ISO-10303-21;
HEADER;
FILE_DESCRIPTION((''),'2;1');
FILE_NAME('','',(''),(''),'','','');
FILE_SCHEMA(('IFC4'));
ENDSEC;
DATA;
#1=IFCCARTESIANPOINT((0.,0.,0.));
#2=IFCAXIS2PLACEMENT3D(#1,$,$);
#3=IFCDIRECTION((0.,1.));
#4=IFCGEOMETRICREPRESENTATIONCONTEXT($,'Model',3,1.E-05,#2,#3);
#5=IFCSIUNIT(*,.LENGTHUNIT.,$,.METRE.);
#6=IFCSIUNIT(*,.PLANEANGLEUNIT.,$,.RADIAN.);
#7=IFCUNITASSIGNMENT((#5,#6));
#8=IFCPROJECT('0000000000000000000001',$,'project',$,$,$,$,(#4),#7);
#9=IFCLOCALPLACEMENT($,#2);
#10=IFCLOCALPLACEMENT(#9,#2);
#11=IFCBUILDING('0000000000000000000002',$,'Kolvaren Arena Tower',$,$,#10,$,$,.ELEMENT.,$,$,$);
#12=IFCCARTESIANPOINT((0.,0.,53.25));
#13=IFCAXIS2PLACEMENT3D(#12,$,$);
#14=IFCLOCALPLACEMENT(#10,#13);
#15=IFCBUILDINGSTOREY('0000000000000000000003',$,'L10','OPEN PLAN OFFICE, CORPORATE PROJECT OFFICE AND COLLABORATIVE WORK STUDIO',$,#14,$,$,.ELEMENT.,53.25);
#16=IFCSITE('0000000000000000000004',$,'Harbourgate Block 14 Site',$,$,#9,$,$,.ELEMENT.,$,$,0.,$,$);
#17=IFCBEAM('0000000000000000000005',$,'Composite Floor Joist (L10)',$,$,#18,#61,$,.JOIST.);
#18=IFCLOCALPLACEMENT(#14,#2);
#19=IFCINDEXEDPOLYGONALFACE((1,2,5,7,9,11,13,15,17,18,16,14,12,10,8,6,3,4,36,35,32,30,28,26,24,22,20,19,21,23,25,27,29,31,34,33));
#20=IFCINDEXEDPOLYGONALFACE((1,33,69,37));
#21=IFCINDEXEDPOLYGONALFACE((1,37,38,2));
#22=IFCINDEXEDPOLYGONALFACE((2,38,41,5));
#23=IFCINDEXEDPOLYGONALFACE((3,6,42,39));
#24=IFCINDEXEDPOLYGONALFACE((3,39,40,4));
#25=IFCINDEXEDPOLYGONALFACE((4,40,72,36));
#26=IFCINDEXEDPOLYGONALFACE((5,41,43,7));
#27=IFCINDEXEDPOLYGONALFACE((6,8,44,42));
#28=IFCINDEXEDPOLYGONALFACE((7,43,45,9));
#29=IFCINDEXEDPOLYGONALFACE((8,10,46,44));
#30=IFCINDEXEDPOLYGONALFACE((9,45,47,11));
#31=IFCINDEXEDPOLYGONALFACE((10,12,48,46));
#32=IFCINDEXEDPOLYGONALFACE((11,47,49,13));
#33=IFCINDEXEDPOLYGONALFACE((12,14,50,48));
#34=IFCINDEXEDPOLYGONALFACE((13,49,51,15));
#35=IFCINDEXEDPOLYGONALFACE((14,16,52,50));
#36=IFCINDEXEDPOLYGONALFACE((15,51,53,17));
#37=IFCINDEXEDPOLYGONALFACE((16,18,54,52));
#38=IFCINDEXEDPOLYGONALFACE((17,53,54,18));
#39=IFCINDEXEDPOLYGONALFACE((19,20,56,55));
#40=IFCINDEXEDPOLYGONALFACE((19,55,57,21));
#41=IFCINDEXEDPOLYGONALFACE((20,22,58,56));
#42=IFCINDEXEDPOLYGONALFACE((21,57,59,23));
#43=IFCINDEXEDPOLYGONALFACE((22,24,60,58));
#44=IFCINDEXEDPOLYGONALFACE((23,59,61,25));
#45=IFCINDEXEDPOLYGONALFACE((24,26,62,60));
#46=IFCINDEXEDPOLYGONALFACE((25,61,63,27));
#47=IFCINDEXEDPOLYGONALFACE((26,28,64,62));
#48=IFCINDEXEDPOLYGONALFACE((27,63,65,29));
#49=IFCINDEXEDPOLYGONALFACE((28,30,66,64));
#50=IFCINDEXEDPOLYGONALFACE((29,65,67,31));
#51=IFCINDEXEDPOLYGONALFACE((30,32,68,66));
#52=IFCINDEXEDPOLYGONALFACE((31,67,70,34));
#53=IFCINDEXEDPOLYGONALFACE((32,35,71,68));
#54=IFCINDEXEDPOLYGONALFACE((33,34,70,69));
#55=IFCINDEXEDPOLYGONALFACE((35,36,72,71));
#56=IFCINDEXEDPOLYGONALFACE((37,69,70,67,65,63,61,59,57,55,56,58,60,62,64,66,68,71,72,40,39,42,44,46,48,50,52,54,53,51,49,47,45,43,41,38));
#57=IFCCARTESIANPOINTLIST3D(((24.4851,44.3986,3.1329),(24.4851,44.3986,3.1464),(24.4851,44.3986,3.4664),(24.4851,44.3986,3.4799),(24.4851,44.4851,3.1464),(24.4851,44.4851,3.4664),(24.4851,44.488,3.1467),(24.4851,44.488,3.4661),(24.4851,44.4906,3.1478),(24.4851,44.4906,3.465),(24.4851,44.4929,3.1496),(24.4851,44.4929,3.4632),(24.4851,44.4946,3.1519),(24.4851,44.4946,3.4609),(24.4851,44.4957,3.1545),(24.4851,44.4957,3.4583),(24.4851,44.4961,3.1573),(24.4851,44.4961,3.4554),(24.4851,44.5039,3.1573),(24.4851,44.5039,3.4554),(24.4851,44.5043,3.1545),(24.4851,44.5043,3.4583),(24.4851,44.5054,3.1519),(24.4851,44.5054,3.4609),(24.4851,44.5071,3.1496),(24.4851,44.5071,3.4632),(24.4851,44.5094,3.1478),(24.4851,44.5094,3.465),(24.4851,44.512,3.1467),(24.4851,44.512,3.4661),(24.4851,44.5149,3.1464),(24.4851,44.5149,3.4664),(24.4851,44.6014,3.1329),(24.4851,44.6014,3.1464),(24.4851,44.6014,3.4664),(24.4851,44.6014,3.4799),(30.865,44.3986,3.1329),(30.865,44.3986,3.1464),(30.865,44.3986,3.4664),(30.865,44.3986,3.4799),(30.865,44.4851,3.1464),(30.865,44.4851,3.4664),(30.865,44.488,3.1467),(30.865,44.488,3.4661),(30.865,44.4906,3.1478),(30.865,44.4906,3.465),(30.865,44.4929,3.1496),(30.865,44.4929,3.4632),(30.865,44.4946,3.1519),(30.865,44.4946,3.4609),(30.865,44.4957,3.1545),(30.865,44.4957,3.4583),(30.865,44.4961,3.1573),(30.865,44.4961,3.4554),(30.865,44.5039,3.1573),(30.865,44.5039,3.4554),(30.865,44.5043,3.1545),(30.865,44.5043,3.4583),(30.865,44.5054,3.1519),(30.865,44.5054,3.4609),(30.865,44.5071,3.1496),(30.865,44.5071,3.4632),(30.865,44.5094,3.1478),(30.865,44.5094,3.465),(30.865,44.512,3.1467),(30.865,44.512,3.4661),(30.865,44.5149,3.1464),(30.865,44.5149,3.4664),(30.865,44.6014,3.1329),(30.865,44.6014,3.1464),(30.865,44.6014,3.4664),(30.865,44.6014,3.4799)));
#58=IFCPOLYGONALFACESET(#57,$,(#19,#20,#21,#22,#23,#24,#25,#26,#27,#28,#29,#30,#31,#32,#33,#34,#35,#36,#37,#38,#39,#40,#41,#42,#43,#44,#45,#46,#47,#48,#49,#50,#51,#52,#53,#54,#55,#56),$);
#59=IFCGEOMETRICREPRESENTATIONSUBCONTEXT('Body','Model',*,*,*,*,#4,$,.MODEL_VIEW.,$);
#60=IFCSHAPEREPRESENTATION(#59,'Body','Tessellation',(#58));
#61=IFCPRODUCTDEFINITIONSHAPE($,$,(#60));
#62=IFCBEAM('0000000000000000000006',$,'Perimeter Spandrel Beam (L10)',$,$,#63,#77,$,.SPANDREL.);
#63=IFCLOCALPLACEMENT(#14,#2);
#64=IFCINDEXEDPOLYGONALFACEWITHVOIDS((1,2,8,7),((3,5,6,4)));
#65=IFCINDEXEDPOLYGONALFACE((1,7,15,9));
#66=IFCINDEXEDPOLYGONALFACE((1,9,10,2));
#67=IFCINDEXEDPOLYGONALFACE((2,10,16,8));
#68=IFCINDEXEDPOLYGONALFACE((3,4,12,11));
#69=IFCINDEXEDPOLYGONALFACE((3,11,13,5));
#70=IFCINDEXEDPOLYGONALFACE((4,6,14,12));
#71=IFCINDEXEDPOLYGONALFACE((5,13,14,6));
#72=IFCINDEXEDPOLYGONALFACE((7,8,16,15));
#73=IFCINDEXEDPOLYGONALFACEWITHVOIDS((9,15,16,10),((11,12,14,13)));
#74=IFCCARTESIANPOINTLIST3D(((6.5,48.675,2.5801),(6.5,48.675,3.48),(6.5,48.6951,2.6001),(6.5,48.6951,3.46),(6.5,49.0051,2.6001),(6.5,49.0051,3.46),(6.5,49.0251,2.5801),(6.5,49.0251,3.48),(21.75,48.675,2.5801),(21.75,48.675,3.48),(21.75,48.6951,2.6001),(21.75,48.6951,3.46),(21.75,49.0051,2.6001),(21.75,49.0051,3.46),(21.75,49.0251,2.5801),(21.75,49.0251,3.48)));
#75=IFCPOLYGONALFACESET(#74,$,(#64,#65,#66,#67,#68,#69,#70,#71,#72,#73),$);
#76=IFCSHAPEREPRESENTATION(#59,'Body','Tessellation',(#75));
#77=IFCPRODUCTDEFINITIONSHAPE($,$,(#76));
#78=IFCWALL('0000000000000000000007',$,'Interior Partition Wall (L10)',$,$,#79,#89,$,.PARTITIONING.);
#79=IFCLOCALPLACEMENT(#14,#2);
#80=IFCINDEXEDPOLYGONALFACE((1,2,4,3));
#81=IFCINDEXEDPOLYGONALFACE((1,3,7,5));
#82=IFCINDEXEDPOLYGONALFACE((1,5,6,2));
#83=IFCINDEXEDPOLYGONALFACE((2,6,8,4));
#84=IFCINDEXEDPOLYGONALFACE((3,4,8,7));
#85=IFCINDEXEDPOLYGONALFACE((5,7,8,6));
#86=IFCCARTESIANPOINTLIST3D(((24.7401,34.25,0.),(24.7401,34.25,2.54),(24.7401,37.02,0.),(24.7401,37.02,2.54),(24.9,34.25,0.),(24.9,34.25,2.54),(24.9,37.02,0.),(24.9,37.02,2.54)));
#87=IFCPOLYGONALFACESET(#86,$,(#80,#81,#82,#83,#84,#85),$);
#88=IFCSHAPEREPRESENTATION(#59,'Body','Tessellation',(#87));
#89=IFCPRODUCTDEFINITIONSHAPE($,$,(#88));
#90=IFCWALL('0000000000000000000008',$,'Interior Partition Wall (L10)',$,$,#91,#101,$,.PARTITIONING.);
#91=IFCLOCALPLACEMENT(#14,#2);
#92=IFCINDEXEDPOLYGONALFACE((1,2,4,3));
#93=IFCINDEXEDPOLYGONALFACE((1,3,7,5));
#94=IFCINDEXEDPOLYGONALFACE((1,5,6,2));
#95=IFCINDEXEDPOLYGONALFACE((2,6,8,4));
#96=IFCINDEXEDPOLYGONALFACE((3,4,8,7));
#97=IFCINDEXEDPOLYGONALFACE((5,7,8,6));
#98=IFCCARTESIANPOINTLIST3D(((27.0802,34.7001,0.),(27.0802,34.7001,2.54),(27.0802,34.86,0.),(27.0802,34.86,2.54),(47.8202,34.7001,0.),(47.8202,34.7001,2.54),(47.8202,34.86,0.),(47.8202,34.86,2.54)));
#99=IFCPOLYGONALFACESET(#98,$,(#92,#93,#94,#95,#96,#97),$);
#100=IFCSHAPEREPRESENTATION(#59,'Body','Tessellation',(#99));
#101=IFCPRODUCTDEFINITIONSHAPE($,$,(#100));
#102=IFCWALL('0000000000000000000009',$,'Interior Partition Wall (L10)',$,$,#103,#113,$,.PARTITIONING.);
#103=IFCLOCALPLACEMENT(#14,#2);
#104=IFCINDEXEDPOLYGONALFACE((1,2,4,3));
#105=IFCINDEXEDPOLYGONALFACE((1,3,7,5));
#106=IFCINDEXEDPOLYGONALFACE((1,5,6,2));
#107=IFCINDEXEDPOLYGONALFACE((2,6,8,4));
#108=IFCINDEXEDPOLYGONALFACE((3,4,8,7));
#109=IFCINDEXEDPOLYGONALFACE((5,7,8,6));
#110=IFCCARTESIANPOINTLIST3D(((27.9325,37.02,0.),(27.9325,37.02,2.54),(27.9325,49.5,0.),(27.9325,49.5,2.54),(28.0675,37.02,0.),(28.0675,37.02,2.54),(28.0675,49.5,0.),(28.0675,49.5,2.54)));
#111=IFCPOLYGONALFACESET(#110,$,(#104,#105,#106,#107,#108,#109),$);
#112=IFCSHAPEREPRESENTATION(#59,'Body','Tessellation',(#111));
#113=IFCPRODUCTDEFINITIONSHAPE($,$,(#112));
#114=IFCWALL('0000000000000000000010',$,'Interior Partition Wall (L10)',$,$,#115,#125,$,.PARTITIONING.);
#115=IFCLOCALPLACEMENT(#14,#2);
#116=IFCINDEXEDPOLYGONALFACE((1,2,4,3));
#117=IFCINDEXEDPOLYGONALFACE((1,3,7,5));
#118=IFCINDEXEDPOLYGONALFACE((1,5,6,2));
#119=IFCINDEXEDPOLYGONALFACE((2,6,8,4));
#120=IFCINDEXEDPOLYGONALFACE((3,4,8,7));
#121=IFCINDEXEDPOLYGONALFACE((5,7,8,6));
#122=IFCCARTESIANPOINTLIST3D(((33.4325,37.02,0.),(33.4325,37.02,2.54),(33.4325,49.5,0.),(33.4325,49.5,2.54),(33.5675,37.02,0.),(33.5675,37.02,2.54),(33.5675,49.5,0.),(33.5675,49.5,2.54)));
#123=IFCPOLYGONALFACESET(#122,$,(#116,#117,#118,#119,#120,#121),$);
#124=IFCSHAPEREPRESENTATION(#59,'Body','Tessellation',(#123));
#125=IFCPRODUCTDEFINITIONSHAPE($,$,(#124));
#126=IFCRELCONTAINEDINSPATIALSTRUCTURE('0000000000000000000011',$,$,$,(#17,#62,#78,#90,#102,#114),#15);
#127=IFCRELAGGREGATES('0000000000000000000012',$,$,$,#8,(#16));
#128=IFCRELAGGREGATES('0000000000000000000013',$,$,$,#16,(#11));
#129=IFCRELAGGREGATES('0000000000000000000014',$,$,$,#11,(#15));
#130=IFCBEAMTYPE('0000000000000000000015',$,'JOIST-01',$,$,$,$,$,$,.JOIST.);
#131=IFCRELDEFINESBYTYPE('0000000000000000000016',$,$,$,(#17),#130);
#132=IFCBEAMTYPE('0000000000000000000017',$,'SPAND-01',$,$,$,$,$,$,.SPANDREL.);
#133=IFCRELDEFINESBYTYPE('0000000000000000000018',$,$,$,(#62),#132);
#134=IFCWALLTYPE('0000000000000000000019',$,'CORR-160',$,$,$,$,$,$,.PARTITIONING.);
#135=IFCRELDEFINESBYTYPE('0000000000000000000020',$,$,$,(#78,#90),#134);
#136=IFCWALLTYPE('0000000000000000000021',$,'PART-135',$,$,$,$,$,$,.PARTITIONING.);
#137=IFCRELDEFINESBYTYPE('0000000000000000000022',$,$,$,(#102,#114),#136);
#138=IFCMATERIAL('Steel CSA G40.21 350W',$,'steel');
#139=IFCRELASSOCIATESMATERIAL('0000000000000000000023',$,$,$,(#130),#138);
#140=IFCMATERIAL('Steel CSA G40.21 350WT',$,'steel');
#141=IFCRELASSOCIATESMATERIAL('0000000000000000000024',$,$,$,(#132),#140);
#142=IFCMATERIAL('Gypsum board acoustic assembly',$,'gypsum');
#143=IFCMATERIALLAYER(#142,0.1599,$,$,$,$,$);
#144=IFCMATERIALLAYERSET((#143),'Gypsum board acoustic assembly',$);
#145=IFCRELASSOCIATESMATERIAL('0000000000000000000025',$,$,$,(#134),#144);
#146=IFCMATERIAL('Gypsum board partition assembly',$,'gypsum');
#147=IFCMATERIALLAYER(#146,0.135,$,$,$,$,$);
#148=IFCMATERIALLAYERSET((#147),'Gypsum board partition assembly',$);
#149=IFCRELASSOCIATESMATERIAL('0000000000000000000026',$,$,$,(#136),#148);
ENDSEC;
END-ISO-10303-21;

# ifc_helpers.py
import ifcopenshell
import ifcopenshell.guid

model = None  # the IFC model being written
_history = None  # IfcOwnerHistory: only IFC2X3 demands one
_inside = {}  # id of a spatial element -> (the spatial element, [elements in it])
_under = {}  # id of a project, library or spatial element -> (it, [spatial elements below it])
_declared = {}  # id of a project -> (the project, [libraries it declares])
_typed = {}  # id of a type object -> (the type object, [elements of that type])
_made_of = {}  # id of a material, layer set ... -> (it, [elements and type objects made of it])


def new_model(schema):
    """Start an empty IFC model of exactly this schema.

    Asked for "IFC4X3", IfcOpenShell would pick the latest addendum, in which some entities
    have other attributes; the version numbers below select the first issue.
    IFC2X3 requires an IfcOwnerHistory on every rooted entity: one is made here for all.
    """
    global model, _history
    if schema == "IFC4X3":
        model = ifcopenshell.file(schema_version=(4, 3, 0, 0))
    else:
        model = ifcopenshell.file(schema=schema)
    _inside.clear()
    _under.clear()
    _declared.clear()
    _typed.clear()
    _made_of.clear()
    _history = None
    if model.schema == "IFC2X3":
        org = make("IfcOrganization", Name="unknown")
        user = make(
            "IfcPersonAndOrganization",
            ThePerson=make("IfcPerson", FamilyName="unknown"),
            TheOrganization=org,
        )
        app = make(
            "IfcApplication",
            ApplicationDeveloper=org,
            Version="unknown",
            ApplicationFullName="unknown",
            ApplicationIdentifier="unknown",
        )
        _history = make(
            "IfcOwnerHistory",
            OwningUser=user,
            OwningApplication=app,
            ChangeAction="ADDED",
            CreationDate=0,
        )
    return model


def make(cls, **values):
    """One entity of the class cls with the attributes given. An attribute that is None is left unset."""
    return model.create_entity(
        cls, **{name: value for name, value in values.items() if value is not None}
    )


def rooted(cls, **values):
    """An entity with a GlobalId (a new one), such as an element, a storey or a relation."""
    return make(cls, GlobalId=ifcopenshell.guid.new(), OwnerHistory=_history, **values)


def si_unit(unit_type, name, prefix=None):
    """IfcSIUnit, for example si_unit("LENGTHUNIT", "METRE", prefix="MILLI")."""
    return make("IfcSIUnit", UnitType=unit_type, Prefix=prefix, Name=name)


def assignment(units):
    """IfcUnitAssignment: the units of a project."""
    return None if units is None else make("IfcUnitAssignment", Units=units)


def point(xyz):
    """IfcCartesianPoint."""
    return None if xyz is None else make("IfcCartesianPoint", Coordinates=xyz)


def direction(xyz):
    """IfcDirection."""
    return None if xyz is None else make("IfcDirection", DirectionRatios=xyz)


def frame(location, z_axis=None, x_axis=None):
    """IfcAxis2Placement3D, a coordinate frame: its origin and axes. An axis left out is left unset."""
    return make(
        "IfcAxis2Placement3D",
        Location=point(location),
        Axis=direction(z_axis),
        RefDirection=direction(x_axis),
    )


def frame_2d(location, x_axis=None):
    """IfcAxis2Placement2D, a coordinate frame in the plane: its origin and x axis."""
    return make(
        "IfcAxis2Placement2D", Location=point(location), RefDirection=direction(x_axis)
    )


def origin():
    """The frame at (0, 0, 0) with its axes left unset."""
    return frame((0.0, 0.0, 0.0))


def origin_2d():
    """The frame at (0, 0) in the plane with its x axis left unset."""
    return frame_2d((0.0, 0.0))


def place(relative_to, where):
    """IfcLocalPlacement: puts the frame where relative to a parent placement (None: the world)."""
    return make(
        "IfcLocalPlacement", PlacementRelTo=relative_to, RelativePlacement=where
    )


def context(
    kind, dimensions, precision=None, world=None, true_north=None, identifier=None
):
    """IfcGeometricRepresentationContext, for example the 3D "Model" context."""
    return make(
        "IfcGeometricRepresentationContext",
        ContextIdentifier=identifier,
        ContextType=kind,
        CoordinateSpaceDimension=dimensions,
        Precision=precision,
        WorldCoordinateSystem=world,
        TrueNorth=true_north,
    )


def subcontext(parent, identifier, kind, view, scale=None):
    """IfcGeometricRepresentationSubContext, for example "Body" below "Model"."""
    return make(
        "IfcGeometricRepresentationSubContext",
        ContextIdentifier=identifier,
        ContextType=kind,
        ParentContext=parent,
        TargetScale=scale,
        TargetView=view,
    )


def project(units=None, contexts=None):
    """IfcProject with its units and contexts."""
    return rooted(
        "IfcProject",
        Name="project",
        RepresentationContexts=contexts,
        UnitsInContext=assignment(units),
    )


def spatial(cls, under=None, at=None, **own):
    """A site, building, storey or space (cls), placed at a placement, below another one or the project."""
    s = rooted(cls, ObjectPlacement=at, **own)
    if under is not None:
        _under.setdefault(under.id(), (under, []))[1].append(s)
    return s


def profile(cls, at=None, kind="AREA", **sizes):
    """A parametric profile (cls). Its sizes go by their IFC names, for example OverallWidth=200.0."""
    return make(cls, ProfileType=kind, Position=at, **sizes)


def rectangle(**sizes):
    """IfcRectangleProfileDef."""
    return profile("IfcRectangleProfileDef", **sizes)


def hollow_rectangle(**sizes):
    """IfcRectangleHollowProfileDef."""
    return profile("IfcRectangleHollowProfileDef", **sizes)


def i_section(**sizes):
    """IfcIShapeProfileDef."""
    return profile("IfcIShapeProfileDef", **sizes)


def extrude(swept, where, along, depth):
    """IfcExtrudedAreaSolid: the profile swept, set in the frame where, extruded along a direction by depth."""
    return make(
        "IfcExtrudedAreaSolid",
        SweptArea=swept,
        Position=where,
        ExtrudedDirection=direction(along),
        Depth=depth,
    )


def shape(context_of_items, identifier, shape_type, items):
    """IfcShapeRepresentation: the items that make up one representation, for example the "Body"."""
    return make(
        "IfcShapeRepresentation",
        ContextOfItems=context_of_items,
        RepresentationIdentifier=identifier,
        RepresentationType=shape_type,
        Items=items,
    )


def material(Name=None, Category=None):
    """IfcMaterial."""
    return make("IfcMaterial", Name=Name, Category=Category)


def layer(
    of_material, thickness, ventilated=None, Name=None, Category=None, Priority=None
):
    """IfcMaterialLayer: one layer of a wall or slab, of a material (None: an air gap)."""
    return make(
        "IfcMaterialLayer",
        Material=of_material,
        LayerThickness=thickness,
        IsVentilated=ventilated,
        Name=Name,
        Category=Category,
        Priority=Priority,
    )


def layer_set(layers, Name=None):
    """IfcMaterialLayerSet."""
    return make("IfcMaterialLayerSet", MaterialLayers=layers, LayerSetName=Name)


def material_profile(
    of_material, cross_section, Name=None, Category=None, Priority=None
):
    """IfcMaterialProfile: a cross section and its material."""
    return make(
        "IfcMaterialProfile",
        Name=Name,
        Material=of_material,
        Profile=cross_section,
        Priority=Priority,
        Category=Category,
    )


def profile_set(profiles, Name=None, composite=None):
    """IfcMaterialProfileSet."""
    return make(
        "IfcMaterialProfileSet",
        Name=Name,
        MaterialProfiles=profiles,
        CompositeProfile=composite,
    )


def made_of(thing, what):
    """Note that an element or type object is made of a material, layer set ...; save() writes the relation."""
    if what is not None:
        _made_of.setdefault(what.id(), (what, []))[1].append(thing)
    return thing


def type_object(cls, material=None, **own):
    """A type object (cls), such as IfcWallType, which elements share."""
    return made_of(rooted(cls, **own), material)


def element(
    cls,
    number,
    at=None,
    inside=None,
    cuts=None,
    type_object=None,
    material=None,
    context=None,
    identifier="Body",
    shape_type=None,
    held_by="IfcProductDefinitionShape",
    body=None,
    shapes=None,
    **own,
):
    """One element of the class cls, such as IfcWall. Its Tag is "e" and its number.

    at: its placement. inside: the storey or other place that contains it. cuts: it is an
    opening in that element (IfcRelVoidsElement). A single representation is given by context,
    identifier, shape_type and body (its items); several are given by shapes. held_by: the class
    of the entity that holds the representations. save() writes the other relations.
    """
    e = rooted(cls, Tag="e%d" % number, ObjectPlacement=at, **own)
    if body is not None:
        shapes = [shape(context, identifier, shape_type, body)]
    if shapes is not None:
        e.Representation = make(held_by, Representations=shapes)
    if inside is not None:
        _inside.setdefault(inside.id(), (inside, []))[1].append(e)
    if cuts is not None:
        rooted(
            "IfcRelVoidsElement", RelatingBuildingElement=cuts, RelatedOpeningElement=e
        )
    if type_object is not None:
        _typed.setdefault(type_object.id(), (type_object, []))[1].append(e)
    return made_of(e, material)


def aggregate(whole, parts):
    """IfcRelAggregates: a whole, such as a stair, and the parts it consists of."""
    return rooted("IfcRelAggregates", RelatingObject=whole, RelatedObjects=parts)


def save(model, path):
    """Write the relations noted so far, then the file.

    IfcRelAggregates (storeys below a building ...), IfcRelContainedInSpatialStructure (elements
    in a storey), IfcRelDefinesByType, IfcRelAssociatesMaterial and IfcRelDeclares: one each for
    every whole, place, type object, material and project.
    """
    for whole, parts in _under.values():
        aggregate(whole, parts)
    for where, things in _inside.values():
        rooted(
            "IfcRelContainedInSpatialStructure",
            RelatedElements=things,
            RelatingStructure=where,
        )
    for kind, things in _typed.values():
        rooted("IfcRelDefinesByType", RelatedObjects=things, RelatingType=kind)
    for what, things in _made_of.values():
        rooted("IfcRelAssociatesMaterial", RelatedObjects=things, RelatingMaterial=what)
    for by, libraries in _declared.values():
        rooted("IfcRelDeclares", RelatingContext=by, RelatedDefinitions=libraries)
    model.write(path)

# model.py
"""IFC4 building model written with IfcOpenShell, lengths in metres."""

from ifc_helpers import new_model, si_unit, direction, frame, frame_2d, origin, origin_2d, place, context, subcontext, project, spatial, rectangle, hollow_rectangle, i_section, extrude, material, layer, layer_set, material_profile, profile_set, type_object, element, save


model = new_model("IFC4")

# Units and contexts
model_context = context("Model", 3, precision=1e-05, world=origin(), true_north=direction((0.0, 1.0)))
body_context = subcontext(model_context, "Body", "Model", "MODEL_VIEW")
ifc_project = project(units=[si_unit("LENGTHUNIT", "METRE"), si_unit("PLANEANGLEUNIT", "RADIAN")], contexts=[model_context])

# Site, building, storey
site_placement = place(None, origin())
site = spatial("IfcSite", under=ifc_project, at=site_placement, Name="Harbourgate Block 14 Site", CompositionType="ELEMENT", RefElevation=0.0)
building_placement = place(site_placement, origin())
building = spatial("IfcBuilding", under=site, at=building_placement, Name="Kolvaren Arena Tower", CompositionType="ELEMENT")
storey_placement = place(building_placement, frame((0.0, 0.0, 53.25)))
storey = spatial("IfcBuildingStorey", under=building, at=storey_placement, Name="L10", Description="OPEN PLAN OFFICE, CORPORATE PROJECT OFFICE AND COLLABORATIVE WORK STUDIO", CompositionType="ELEMENT", Elevation=53.25)

# Beams
ifc_material_1 = material(Name="Steel CSA G40.21 350W", Category="steel")
ifc_material_profile_1 = material_profile(ifc_material_1, i_section(OverallWidth=0.2029, OverallDepth=0.3469, WebThickness=0.0078, FlangeThickness=0.0134, FilletRadius=0.011, at=origin_2d()), Name="W360x64")
ifc_profile_set_1 = profile_set([ifc_material_profile_1], Name="Steel CSA G40.21 350W")
beam_type_1 = type_object("IfcBeamType", Name="JOIST-01", PredefinedType="JOIST", material=ifc_profile_set_1)
beam_1_placement = place(storey_placement, frame((24.4851, 44.5, 3.3064), z_axis=(1.0, 0.0, 0.0), x_axis=(0.0, 1.0, 0.0)))
element("IfcBeam", 1, at=beam_1_placement, inside=storey, type_object=beam_type_1, Name="Composite Floor Joist (L10)", PredefinedType="JOIST", context=body_context, shape_type="SweptSolid", body=[
    extrude(i_section(OverallWidth=0.2029, OverallDepth=0.3469, WebThickness=0.0078, FlangeThickness=0.0134, FilletRadius=0.011, at=origin_2d()), origin(), (0.0, 0.0, 1.0), 6.3799),
])
ifc_material_2 = material(Name="Steel CSA G40.21 350WT", Category="steel")
ifc_material_profile_2 = material_profile(ifc_material_2, hollow_rectangle(XDim=0.3501, YDim=0.8999, WallThickness=0.02, at=origin_2d()), Name="HSS 900x350x20")
ifc_profile_set_2 = profile_set([ifc_material_profile_2], Name="Steel CSA G40.21 350WT")
beam_type_2 = type_object("IfcBeamType", Name="SPAND-01", PredefinedType="SPANDREL", material=ifc_profile_set_2)
beam_2_placement = place(storey_placement, frame((21.75, 48.8501, 3.03), z_axis=(-1.0, 0.0, 0.0), x_axis=(0.0, -1.0, 0.0)))
element("IfcBeam", 2, at=beam_2_placement, inside=storey, type_object=beam_type_2, Name="Perimeter Spandrel Beam (L10)", PredefinedType="SPANDREL", context=body_context, shape_type="SweptSolid", body=[
    extrude(hollow_rectangle(XDim=0.3501, YDim=0.8999, WallThickness=0.02, at=origin_2d()), origin(), (0.0, 0.0, 1.0), 15.25),
])

# Wall
ifc_material_3 = material(Name="Gypsum board acoustic assembly", Category="gypsum")
ifc_layer_1 = layer(ifc_material_3, 0.1599)
ifc_layer_set_1 = layer_set([ifc_layer_1], Name="Gypsum board acoustic assembly")
wall_type_1 = type_object("IfcWallType", Name="CORR-160", PredefinedType="PARTITIONING", material=ifc_layer_set_1)
wall_1_placement = place(storey_placement, frame((24.8201, 34.25, 0.0), z_axis=(0.0, 0.0, 1.0), x_axis=(0.0, 1.0, 0.0)))
element("IfcWall", 3, at=wall_1_placement, inside=storey, type_object=wall_type_1, Name="Interior Partition Wall (L10)", PredefinedType="PARTITIONING", context=body_context, shape_type="SweptSolid", body=[
    extrude(rectangle(XDim=2.77, YDim=0.1599, at=frame_2d((1.385, 0.0))), origin(), (0.0, 0.0, 1.0), 2.54),
])

# Walls
wall_2_placement = place(storey_placement, frame((27.0801, 34.78, 0.0), z_axis=(0.0, 0.0, 1.0), x_axis=(1.0, 0.0, 0.0)))
element("IfcWall", 4, at=wall_2_placement, inside=storey, type_object=wall_type_1, Name="Interior Partition Wall (L10)", PredefinedType="PARTITIONING", context=body_context, shape_type="SweptSolid", body=[
    extrude(rectangle(XDim=20.74, YDim=0.1599, at=frame_2d((10.3701, 0.0))), origin(), (0.0, 0.0, 1.0), 2.54),
])
ifc_material_4 = material(Name="Gypsum board partition assembly", Category="gypsum")
ifc_layer_2 = layer(ifc_material_4, 0.135)
ifc_layer_set_2 = layer_set([ifc_layer_2], Name="Gypsum board partition assembly")
wall_type_2 = type_object("IfcWallType", Name="PART-135", PredefinedType="PARTITIONING", material=ifc_layer_set_2)
for number, where, z_axis, x_axis, name in (
    (5, (28.0, 37.02, 0.0), (0.0, 0.0, 1.0), (0.0, 1.0, 0.0), "Interior Partition Wall (L10)"),
    (6, (33.5, 37.02, 0.0), (0.0, 0.0, 1.0), (0.0, 1.0, 0.0), "Interior Partition Wall (L10)"),
):
    element("IfcWall", number, at=place(storey_placement, frame(where, z_axis=z_axis, x_axis=x_axis)), inside=storey, type_object=wall_type_2, Name=name, PredefinedType="PARTITIONING", context=body_context, shape_type="SweptSolid", body=[
        extrude(rectangle(XDim=12.48, YDim=0.135, at=frame_2d((6.24, 0.0))), origin(), (0.0, 0.0, 1.0), 2.54),
    ])

save(model, "model.ifc")
